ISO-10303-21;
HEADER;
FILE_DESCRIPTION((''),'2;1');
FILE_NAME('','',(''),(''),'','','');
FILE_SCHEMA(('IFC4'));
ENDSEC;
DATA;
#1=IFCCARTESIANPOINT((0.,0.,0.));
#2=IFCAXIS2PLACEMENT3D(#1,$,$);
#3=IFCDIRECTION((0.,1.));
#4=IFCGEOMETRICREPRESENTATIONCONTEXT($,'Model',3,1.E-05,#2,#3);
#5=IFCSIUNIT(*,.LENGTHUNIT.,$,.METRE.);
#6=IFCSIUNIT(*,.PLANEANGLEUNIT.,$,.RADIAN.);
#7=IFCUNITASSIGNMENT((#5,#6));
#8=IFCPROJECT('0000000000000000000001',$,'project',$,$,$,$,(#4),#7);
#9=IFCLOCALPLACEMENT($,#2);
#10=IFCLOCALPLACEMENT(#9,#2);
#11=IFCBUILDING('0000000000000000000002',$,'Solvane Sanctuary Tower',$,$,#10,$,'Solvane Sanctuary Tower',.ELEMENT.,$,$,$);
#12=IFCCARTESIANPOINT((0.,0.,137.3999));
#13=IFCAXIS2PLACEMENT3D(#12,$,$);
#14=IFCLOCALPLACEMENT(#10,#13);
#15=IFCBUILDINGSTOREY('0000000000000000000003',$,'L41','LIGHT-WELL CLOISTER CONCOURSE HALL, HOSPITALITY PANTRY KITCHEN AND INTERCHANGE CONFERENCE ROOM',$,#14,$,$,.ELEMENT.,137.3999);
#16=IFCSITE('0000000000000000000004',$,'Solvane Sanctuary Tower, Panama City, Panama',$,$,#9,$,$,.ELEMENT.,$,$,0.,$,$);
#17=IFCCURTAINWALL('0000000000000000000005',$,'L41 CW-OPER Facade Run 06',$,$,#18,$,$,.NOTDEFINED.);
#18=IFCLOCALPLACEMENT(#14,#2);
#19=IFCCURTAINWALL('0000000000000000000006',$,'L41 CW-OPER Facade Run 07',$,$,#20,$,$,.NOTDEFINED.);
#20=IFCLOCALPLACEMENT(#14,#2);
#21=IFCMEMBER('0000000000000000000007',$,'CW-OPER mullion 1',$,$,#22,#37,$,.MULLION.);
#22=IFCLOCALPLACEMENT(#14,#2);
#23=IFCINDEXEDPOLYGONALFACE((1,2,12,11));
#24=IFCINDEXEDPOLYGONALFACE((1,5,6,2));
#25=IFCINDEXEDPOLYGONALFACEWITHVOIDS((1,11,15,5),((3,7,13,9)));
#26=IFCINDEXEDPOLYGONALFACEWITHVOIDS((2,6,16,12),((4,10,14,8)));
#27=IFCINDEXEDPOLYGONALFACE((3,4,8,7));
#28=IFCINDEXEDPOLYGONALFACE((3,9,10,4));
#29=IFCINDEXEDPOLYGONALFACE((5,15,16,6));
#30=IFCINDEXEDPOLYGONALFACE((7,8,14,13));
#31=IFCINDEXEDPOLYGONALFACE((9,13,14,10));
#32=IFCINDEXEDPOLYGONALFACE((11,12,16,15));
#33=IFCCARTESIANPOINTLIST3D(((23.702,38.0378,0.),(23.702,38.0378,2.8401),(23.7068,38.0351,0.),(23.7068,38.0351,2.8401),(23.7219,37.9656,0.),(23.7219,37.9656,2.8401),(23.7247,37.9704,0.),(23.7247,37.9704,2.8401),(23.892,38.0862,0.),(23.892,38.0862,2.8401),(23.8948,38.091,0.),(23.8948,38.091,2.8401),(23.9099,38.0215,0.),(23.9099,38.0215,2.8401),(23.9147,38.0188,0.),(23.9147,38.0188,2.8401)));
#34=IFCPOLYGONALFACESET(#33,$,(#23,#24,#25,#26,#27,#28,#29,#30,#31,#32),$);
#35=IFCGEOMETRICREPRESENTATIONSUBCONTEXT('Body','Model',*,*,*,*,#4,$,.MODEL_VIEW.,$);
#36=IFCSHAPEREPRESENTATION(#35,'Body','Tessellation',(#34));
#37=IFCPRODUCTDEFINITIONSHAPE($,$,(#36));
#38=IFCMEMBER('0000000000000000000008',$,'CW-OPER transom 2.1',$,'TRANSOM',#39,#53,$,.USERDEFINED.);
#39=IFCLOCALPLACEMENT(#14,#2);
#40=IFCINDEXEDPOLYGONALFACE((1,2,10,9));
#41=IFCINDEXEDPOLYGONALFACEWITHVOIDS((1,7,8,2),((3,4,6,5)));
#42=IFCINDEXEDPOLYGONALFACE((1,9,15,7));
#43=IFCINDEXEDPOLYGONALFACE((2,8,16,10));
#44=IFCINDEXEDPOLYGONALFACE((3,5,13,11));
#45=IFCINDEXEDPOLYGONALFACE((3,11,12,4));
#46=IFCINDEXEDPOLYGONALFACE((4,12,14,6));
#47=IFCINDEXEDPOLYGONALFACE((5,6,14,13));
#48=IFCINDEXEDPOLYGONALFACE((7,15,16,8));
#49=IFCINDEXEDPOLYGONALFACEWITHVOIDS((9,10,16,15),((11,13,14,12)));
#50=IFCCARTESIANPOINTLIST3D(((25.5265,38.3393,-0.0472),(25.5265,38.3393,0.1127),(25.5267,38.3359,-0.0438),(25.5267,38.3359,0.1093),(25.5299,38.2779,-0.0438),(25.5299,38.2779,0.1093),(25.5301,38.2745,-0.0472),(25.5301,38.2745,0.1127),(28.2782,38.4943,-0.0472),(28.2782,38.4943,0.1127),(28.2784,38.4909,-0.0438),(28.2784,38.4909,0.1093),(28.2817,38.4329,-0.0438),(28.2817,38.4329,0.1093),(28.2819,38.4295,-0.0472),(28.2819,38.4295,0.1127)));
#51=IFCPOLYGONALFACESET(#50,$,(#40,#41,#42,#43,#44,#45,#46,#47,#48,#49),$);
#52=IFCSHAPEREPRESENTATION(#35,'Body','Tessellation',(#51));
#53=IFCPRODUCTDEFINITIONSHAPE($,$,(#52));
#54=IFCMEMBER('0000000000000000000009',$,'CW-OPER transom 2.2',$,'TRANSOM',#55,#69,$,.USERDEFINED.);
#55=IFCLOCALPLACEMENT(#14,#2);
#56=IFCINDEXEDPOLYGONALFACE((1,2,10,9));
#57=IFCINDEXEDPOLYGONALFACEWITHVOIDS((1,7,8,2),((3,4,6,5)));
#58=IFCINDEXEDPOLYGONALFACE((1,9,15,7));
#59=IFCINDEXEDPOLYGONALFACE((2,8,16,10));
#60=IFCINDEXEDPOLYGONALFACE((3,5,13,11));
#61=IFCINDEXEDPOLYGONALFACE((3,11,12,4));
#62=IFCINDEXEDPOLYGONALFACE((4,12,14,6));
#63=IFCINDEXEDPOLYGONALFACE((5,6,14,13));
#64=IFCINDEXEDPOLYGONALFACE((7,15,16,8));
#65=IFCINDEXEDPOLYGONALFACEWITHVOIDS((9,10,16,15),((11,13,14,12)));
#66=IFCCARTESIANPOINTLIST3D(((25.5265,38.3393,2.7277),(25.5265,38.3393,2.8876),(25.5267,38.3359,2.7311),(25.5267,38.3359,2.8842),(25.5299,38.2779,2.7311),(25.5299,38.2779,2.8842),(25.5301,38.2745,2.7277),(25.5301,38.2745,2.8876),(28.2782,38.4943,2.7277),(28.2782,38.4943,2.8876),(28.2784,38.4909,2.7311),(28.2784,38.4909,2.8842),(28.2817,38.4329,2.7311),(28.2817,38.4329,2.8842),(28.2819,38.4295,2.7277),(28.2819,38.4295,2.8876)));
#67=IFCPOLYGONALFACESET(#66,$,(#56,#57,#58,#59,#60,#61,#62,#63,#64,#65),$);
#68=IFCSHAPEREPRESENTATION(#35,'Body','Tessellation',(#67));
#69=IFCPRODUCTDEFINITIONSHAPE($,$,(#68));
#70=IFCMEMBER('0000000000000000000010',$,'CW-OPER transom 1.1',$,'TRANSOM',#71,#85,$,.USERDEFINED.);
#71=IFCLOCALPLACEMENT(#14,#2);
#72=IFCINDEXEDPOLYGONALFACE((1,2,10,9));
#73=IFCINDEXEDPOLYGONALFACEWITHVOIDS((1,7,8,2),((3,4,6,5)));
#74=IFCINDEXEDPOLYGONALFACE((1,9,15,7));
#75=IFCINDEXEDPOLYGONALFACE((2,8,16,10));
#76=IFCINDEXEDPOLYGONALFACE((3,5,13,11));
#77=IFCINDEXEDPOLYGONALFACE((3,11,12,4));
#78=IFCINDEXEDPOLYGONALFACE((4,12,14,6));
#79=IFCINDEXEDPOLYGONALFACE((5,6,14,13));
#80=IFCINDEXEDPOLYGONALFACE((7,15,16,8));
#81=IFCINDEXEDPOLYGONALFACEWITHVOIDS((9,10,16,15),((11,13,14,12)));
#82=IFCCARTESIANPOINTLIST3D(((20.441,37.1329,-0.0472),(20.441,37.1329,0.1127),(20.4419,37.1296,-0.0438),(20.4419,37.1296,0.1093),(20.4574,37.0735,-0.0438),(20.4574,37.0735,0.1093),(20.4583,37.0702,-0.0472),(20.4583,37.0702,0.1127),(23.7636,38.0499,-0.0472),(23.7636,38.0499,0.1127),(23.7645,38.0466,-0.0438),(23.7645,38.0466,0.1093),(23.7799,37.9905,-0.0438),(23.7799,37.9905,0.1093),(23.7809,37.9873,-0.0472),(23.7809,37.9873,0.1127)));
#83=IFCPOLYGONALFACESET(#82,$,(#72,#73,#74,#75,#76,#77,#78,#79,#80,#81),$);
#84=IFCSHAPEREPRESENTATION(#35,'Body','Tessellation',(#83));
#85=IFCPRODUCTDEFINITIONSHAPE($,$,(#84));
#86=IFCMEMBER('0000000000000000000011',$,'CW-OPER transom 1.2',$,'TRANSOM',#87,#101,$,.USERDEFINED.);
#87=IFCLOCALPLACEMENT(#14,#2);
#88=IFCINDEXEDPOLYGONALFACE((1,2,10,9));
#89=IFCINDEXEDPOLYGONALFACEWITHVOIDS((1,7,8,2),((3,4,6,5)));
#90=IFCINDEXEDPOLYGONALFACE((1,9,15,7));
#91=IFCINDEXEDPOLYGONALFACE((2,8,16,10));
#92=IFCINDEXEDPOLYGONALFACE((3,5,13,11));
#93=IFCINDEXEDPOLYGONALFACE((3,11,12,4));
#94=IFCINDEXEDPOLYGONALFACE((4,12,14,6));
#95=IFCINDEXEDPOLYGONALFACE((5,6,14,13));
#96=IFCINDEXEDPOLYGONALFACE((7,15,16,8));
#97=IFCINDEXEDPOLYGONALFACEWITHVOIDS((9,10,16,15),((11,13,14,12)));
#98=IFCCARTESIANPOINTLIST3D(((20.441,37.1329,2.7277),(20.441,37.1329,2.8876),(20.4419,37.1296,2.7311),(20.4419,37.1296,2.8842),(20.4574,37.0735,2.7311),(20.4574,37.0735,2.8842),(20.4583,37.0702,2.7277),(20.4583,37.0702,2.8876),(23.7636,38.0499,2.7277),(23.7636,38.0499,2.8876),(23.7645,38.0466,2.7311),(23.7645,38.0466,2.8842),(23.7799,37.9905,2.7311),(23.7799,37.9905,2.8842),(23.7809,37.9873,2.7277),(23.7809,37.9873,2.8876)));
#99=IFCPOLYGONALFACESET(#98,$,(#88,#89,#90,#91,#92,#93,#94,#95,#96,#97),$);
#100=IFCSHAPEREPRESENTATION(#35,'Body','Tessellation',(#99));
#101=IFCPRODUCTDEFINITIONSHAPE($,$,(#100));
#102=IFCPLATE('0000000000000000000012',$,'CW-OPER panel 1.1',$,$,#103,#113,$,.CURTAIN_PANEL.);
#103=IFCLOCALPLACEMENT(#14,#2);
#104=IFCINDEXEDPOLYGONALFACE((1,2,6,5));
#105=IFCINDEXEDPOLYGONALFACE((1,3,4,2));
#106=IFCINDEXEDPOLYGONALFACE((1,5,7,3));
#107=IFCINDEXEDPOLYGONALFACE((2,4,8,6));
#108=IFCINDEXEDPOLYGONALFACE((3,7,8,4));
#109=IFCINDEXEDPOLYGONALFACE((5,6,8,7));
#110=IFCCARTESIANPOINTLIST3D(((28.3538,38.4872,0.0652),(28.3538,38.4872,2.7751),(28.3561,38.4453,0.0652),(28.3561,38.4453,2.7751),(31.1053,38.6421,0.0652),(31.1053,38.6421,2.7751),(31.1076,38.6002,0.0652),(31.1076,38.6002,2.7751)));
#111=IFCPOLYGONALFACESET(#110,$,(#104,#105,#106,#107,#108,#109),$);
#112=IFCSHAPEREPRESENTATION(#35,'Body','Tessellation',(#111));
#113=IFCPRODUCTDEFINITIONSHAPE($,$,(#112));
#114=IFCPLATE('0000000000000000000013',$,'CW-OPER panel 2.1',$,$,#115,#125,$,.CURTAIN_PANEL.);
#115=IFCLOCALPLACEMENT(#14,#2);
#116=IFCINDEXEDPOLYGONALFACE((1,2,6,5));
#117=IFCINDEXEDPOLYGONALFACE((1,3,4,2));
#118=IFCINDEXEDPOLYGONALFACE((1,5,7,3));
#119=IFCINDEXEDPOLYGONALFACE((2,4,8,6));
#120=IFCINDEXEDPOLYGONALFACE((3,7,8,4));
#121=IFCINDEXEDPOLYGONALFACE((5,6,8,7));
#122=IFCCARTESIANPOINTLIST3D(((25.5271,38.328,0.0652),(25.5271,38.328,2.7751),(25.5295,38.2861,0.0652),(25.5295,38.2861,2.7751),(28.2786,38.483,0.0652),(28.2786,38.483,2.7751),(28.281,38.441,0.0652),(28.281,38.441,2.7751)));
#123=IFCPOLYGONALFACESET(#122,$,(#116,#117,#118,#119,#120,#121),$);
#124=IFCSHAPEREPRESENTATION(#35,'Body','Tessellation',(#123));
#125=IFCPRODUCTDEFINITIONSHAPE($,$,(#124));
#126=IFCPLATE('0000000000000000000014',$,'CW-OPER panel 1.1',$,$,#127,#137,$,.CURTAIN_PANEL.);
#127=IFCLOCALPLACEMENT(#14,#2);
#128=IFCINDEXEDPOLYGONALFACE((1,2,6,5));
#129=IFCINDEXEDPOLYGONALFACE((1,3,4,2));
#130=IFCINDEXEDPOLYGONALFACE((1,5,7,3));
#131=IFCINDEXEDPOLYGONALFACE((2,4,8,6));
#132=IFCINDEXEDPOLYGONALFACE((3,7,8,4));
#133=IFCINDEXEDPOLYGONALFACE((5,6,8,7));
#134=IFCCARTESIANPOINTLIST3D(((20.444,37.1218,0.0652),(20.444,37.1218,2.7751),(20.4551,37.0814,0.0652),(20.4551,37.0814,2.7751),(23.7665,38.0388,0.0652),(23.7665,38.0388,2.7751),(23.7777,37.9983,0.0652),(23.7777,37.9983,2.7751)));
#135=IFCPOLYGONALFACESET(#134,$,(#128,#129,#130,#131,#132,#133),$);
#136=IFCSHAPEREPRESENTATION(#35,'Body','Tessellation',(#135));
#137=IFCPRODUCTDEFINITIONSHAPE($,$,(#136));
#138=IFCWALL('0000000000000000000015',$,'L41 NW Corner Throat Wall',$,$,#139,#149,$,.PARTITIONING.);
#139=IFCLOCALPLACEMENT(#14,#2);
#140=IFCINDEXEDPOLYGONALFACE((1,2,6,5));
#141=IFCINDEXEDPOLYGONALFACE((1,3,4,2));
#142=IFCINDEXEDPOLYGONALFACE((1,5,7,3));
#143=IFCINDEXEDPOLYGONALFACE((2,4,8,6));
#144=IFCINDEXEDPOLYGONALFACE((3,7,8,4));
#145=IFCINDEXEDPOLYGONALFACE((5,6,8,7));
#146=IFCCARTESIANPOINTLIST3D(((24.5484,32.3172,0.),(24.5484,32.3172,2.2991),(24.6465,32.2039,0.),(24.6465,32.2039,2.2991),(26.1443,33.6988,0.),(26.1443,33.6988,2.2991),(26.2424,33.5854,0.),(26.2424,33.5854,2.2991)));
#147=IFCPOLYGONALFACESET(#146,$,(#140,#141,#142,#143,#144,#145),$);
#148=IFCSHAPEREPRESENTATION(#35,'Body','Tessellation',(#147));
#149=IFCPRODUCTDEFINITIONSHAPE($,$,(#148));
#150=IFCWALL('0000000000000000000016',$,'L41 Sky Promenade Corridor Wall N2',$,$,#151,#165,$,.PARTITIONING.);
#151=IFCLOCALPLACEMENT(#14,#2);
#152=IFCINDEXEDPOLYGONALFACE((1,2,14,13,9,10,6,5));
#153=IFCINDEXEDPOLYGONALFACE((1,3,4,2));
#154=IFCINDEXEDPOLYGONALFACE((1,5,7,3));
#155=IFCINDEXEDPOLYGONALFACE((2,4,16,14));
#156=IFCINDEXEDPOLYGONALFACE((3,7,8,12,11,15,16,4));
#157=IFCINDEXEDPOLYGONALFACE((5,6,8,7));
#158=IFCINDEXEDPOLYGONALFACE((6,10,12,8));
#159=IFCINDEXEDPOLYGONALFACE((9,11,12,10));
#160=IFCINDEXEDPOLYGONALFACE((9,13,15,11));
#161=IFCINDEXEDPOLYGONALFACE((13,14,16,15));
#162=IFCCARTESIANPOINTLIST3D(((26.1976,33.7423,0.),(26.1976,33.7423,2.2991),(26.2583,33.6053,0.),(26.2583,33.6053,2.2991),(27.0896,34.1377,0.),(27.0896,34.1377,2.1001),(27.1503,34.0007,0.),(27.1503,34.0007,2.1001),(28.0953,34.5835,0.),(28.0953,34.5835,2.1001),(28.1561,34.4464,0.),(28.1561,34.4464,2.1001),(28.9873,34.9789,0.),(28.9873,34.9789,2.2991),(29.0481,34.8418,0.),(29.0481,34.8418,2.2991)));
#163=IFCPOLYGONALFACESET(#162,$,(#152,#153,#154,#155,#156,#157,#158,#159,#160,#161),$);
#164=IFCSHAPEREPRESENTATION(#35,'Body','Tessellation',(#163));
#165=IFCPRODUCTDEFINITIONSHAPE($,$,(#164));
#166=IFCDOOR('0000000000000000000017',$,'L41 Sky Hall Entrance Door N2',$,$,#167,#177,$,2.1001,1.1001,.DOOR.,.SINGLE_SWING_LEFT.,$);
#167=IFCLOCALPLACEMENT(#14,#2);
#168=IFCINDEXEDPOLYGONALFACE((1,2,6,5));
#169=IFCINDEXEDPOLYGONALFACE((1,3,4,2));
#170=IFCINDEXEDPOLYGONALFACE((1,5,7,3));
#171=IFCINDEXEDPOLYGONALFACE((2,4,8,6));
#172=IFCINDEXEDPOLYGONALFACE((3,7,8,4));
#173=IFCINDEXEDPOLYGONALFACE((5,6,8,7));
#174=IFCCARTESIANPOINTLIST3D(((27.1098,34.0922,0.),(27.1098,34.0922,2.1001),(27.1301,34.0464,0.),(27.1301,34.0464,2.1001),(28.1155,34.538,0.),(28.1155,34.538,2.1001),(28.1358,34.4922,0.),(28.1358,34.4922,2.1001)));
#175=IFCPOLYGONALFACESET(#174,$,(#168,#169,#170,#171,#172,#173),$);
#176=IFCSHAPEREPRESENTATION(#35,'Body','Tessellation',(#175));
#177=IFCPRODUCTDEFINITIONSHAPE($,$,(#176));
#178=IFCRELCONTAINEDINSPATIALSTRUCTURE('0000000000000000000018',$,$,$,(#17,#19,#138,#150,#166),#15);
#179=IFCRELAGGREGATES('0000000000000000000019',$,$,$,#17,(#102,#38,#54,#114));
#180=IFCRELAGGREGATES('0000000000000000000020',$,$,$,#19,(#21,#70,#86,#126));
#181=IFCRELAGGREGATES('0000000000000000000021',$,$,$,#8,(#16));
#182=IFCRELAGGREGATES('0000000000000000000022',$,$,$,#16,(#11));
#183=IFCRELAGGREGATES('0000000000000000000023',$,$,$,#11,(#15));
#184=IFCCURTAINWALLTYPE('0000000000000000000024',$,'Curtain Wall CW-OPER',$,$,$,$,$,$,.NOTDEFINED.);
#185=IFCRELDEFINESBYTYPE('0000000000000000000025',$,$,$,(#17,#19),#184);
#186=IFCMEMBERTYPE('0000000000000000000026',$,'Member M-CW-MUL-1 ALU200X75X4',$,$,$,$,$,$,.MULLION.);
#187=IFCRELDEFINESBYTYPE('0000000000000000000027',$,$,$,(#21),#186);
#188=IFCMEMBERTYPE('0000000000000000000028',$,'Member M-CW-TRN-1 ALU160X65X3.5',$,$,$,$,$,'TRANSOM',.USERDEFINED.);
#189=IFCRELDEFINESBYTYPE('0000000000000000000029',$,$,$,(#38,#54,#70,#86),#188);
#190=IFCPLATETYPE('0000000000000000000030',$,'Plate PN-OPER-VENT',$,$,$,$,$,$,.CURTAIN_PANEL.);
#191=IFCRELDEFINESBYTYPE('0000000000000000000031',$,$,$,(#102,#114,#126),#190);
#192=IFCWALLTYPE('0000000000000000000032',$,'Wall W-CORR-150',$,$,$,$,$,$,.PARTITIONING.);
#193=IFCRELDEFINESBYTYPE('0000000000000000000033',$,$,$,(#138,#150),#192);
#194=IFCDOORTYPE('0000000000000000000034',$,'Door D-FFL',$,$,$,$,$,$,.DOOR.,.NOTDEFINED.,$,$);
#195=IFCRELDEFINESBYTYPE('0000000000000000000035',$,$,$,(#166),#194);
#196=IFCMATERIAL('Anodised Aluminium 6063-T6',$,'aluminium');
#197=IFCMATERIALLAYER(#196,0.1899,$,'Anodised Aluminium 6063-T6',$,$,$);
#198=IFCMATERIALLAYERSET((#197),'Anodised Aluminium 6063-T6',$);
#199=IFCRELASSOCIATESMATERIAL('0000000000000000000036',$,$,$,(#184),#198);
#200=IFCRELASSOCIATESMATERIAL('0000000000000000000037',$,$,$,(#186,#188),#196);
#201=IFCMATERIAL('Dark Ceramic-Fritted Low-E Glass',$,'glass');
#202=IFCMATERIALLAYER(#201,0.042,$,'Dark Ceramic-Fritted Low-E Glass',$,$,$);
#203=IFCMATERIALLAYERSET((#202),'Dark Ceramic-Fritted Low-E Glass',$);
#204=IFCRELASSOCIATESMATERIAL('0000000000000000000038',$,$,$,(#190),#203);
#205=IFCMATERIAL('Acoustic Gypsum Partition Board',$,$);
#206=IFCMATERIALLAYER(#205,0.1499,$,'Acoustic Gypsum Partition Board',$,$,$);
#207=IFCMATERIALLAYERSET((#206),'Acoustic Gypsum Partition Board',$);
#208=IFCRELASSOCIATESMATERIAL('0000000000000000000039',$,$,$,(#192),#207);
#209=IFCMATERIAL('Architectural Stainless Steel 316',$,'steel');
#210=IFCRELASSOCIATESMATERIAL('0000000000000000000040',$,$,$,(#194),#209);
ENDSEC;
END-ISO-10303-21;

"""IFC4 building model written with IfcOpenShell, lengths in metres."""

from ifc_helpers import new_model, si_unit, direction, frame, frame_2d, origin, origin_2d, place, context, subcontext, project, spatial, rectangle, hollow_rectangle, extrude, material, layer, layer_set, material_profile, profile_set, type_object, element, fill, aggregate, save


model = new_model("IFC4")

# Units and contexts
model_context = context("Model", 3, precision=1e-05, world=origin(), true_north=direction((0.0, 1.0)))
body_context = subcontext(model_context, "Body", "Model", "MODEL_VIEW")
ifc_project = project(units=[si_unit("LENGTHUNIT", "METRE"), si_unit("PLANEANGLEUNIT", "RADIAN")], contexts=[model_context])

# Site, building, storey
site_placement = place(None, origin())
site = spatial("IfcSite", under=ifc_project, at=site_placement, Name="Solvane Sanctuary Tower, Panama City, Panama", CompositionType="ELEMENT", RefElevation=0.0)
building_placement = place(site_placement, origin())
building = spatial("IfcBuilding", under=site, at=building_placement, Name="Solvane Sanctuary Tower", LongName="Solvane Sanctuary Tower", CompositionType="ELEMENT")
storey_placement = place(building_placement, frame((0.0, 0.0, 137.3999)))
storey = spatial("IfcBuildingStorey", under=building, at=storey_placement, Name="L41", Description="LIGHT-WELL CLOISTER CONCOURSE HALL, HOSPITALITY PANTRY KITCHEN AND INTERCHANGE CONFERENCE ROOM", CompositionType="ELEMENT", Elevation=137.3999)

# Curtain wall
ifc_material_1 = material(Name="Anodised Aluminium 6063-T6", Category="aluminium")
ifc_layer_1 = layer(ifc_material_1, 0.1899, Name="Anodised Aluminium 6063-T6")
ifc_layer_set_1 = layer_set([ifc_layer_1], Name="Anodised Aluminium 6063-T6")
curtain_wall_type = type_object("IfcCurtainWallType", Name="Curtain Wall CW-OPER", PredefinedType="NOTDEFINED", material=ifc_layer_set_1)
curtain_wall_1_placement = place(storey_placement, origin())
curtain_wall_1 = element("IfcCurtainWall", 1, at=curtain_wall_1_placement, inside=storey, type_object=curtain_wall_type, Name="L41 CW-OPER Facade Run 06", PredefinedType="NOTDEFINED")
ifc_material_profile_1 = material_profile(ifc_material_1, hollow_rectangle(XDim=0.075, YDim=0.2, WallThickness=0.0039, at=origin_2d()), Name="ALU200X75X4")
ifc_profile_set_1 = profile_set([ifc_material_profile_1], Name="Anodised Aluminium 6063-T6")
member_type_1 = type_object("IfcMemberType", Name="Member M-CW-MUL-1 ALU200X75X4", PredefinedType="MULLION", material=ifc_profile_set_1)

# Curtain wall, member
curtain_wall_2_placement = place(storey_placement, origin())
curtain_wall_2 = element("IfcCurtainWall", 2, at=curtain_wall_2_placement, inside=storey, type_object=curtain_wall_type, Name="L41 CW-OPER Facade Run 07", PredefinedType="NOTDEFINED")
member_1_placement = place(storey_placement, frame((23.8083, 38.0283, 0.0), z_axis=(0.0, 0.0, 1.0), x_axis=(0.266022, -0.963967, 0.0)))
member_1 = element("IfcMember", 3, at=member_1_placement, type_object=member_type_1, Name="CW-OPER mullion 1", PredefinedType="MULLION", context=body_context, shape_type="SweptSolid", body=[
    extrude(hollow_rectangle(XDim=0.075, YDim=0.2, WallThickness=0.0039, at=origin_2d()), origin(), (0.0, 0.0, 1.0), 2.8401),
])

# Members
ifc_material_profile_2 = material_profile(ifc_material_1, hollow_rectangle(XDim=0.0649, YDim=0.1599, WallThickness=0.0034, at=origin_2d()), Name="ALU160X65X3.5")
ifc_profile_set_2 = profile_set([ifc_material_profile_2], Name="Anodised Aluminium 6063-T6")
member_type_2 = type_object("IfcMemberType", Name="Member M-CW-TRN-1 ALU160X65X3.5", ElementType="TRANSOM", PredefinedType="USERDEFINED", material=ifc_profile_set_2)
member_2_placement = place(storey_placement, frame((28.28, 38.4619, 0.0327), z_axis=(-0.998417, -0.05625, 0.0), x_axis=(0.05625, -0.998417, 0.0)))
member_2 = element("IfcMember", 4, at=member_2_placement, type_object=member_type_2, Name="CW-OPER transom 2.1", ObjectType="TRANSOM", PredefinedType="USERDEFINED", context=body_context, shape_type="SweptSolid", body=[
    extrude(hollow_rectangle(XDim=0.0649, YDim=0.1599, WallThickness=0.0034, at=origin_2d()), origin(), (0.0, 0.0, 1.0), 2.7561),
])
member_3_placement = place(storey_placement, frame((28.28, 38.4619, 2.8076), z_axis=(-0.998417, -0.05625, 0.0), x_axis=(0.05625, -0.998417, 0.0)))
member_3 = element("IfcMember", 5, at=member_3_placement, type_object=member_type_2, Name="CW-OPER transom 2.2", ObjectType="TRANSOM", PredefinedType="USERDEFINED", context=body_context, shape_type="SweptSolid", body=[
    extrude(hollow_rectangle(XDim=0.0649, YDim=0.1599, WallThickness=0.0034, at=origin_2d()), origin(), (0.0, 0.0, 1.0), 2.7561),
])
member_4_placement = place(storey_placement, frame((23.7722, 38.0186, 0.0327), z_axis=(-0.96396, -0.266047, 0.0), x_axis=(0.266047, -0.96396, 0.0)))
member_4 = element("IfcMember", 6, at=member_4_placement, type_object=member_type_2, Name="CW-OPER transom 1.1", ObjectType="TRANSOM", PredefinedType="USERDEFINED", context=body_context, shape_type="SweptSolid", body=[
    extrude(hollow_rectangle(XDim=0.0649, YDim=0.1599, WallThickness=0.0034, at=origin_2d()), origin(), (0.0, 0.0, 1.0), 3.4468),
])
member_5_placement = place(storey_placement, frame((23.7722, 38.0186, 2.8076), z_axis=(-0.96396, -0.266047, 0.0), x_axis=(0.266047, -0.96396, 0.0)))
member_5 = element("IfcMember", 7, at=member_5_placement, type_object=member_type_2, Name="CW-OPER transom 1.2", ObjectType="TRANSOM", PredefinedType="USERDEFINED", context=body_context, shape_type="SweptSolid", body=[
    extrude(hollow_rectangle(XDim=0.0649, YDim=0.1599, WallThickness=0.0034, at=origin_2d()), origin(), (0.0, 0.0, 1.0), 3.4468),
])

# Plates
ifc_material_2 = material(Name="Dark Ceramic-Fritted Low-E Glass", Category="glass")
ifc_layer_2 = layer(ifc_material_2, 0.042, Name="Dark Ceramic-Fritted Low-E Glass")
ifc_layer_set_2 = layer_set([ifc_layer_2], Name="Dark Ceramic-Fritted Low-E Glass")
plate_type = type_object("IfcPlateType", Name="Plate PN-OPER-VENT", PredefinedType="CURTAIN_PANEL", material=ifc_layer_set_2)
plate_1_placement = place(storey_placement, frame((29.7307, 38.5437, 0.0652), z_axis=(0.0, 0.0, 1.0), x_axis=(-0.998418, -0.056233, 0.0)))
plate_1 = element("IfcPlate", 8, at=plate_1_placement, type_object=plate_type, Name="CW-OPER panel 1.1", PredefinedType="CURTAIN_PANEL", context=body_context, shape_type="SweptSolid", body=[
    extrude(rectangle(XDim=2.7559, YDim=0.042, at=origin_2d()), origin(), (0.0, 0.0, 1.0), 2.71),
])
plate_2_placement = place(storey_placement, frame((26.9041, 38.3845, 0.0652), z_axis=(0.0, 0.0, 1.0), x_axis=(-0.998418, -0.056233, 0.0)))
plate_2 = element("IfcPlate", 9, at=plate_2_placement, type_object=plate_type, Name="CW-OPER panel 2.1", PredefinedType="CURTAIN_PANEL", context=body_context, shape_type="SweptSolid", body=[
    extrude(rectangle(XDim=2.7559, YDim=0.042, at=origin_2d()), origin(), (0.0, 0.0, 1.0), 2.71),
])
aggregate(curtain_wall_1, [plate_1, member_2, member_3, plate_2])
plate_3_placement = place(storey_placement, frame((22.1108, 37.5601, 0.0652), z_axis=(0.0, 0.0, 1.0), x_axis=(-0.963967, -0.266022, 0.0)))
plate_3 = element("IfcPlate", 10, at=plate_3_placement, type_object=plate_type, Name="CW-OPER panel 1.1", PredefinedType="CURTAIN_PANEL", context=body_context, shape_type="SweptSolid", body=[
    extrude(rectangle(XDim=3.4468, YDim=0.042, at=origin_2d()), origin(), (0.0, 0.0, 1.0), 2.71),
])
aggregate(curtain_wall_2, [member_1, member_4, member_5, plate_3])

# Wall
ifc_material_3 = material(Name="Acoustic Gypsum Partition Board")
ifc_layer_3 = layer(ifc_material_3, 0.1499, Name="Acoustic Gypsum Partition Board")
ifc_layer_set_3 = layer_set([ifc_layer_3], Name="Acoustic Gypsum Partition Board")
wall_type_1 = type_object("IfcWallType", Name="Wall W-CORR-150", PredefinedType="PARTITIONING", material=ifc_layer_set_3)
wall_1_placement = place(storey_placement, frame((26.1934, 33.6421, 0.0), z_axis=(0.0, 0.0, 1.0), x_axis=(-0.756055, -0.654508, 0.0)))
element("IfcWall", 11, at=wall_1_placement, inside=storey, type_object=wall_type_1, Name="L41 NW Corner Throat Wall", PredefinedType="PARTITIONING", context=body_context, shape_type="SweptSolid", body=[
    extrude(rectangle(XDim=2.1108, YDim=0.1499, at=frame_2d((1.0554, 0.0))), origin(), (0.0, 0.0, 1.0), 2.2991),
])

# Wall, opening, door
wall_2_placement = place(storey_placement, frame((29.0178, 34.9104, 0.0), z_axis=(0.0, 0.0, 1.0), x_axis=(-0.914217, -0.405225, 0.0)))
wall_2 = element("IfcWall", 12, at=wall_2_placement, inside=storey, type_object=wall_type_1, Name="L41 Sky Promenade Corridor Wall N2", PredefinedType="PARTITIONING", context=body_context, shape_type="SweptSolid", body=[
    extrude(rectangle(XDim=3.0515, YDim=0.1499, at=frame_2d((1.5259, 0.0))), origin(), (0.0, 0.0, 1.0), 2.2991),
])
opening_placement = place(wall_2_placement, frame((0.9758, 0.0, 0.0)))
opening = element("IfcOpeningElement", 13, at=opening_placement, cuts=wall_2, PredefinedType="OPENING", context=body_context, shape_type="SweptSolid", body=[
    extrude(rectangle(XDim=1.1001, YDim=2.1001, at=frame_2d((0.55, 1.05))), frame((0.0, 0.085, 0.0), z_axis=(0.0, -1.0, 0.0), x_axis=(1.0, 0.0, 0.0)), (0.0, 0.0, 1.0), 0.1699),
])
ifc_material_4 = material(Name="Architectural Stainless Steel 316", Category="steel")
door_type = type_object("IfcDoorType", Name="Door D-FFL", OperationType="NOTDEFINED", PredefinedType="DOOR", material=ifc_material_4)
door_placement = place(opening_placement, origin())
door = element("IfcDoor", 14, at=door_placement, inside=storey, type_object=door_type, Name="L41 Sky Hall Entrance Door N2", OperationType="SINGLE_SWING_LEFT", OverallHeight=2.1001, OverallWidth=1.1001, PredefinedType="DOOR", context=body_context, shape_type="SweptSolid", body=[
    extrude(rectangle(XDim=1.1001, YDim=2.1001, at=frame_2d((0.55, 1.05))), frame((0.0, 0.0249, 0.0), z_axis=(0.0, -1.0, 0.0), x_axis=(1.0, 0.0, 0.0)), (0.0, 0.0, 1.0), 0.05),
])
fill(opening, door)

save(model, "model.ifc")
